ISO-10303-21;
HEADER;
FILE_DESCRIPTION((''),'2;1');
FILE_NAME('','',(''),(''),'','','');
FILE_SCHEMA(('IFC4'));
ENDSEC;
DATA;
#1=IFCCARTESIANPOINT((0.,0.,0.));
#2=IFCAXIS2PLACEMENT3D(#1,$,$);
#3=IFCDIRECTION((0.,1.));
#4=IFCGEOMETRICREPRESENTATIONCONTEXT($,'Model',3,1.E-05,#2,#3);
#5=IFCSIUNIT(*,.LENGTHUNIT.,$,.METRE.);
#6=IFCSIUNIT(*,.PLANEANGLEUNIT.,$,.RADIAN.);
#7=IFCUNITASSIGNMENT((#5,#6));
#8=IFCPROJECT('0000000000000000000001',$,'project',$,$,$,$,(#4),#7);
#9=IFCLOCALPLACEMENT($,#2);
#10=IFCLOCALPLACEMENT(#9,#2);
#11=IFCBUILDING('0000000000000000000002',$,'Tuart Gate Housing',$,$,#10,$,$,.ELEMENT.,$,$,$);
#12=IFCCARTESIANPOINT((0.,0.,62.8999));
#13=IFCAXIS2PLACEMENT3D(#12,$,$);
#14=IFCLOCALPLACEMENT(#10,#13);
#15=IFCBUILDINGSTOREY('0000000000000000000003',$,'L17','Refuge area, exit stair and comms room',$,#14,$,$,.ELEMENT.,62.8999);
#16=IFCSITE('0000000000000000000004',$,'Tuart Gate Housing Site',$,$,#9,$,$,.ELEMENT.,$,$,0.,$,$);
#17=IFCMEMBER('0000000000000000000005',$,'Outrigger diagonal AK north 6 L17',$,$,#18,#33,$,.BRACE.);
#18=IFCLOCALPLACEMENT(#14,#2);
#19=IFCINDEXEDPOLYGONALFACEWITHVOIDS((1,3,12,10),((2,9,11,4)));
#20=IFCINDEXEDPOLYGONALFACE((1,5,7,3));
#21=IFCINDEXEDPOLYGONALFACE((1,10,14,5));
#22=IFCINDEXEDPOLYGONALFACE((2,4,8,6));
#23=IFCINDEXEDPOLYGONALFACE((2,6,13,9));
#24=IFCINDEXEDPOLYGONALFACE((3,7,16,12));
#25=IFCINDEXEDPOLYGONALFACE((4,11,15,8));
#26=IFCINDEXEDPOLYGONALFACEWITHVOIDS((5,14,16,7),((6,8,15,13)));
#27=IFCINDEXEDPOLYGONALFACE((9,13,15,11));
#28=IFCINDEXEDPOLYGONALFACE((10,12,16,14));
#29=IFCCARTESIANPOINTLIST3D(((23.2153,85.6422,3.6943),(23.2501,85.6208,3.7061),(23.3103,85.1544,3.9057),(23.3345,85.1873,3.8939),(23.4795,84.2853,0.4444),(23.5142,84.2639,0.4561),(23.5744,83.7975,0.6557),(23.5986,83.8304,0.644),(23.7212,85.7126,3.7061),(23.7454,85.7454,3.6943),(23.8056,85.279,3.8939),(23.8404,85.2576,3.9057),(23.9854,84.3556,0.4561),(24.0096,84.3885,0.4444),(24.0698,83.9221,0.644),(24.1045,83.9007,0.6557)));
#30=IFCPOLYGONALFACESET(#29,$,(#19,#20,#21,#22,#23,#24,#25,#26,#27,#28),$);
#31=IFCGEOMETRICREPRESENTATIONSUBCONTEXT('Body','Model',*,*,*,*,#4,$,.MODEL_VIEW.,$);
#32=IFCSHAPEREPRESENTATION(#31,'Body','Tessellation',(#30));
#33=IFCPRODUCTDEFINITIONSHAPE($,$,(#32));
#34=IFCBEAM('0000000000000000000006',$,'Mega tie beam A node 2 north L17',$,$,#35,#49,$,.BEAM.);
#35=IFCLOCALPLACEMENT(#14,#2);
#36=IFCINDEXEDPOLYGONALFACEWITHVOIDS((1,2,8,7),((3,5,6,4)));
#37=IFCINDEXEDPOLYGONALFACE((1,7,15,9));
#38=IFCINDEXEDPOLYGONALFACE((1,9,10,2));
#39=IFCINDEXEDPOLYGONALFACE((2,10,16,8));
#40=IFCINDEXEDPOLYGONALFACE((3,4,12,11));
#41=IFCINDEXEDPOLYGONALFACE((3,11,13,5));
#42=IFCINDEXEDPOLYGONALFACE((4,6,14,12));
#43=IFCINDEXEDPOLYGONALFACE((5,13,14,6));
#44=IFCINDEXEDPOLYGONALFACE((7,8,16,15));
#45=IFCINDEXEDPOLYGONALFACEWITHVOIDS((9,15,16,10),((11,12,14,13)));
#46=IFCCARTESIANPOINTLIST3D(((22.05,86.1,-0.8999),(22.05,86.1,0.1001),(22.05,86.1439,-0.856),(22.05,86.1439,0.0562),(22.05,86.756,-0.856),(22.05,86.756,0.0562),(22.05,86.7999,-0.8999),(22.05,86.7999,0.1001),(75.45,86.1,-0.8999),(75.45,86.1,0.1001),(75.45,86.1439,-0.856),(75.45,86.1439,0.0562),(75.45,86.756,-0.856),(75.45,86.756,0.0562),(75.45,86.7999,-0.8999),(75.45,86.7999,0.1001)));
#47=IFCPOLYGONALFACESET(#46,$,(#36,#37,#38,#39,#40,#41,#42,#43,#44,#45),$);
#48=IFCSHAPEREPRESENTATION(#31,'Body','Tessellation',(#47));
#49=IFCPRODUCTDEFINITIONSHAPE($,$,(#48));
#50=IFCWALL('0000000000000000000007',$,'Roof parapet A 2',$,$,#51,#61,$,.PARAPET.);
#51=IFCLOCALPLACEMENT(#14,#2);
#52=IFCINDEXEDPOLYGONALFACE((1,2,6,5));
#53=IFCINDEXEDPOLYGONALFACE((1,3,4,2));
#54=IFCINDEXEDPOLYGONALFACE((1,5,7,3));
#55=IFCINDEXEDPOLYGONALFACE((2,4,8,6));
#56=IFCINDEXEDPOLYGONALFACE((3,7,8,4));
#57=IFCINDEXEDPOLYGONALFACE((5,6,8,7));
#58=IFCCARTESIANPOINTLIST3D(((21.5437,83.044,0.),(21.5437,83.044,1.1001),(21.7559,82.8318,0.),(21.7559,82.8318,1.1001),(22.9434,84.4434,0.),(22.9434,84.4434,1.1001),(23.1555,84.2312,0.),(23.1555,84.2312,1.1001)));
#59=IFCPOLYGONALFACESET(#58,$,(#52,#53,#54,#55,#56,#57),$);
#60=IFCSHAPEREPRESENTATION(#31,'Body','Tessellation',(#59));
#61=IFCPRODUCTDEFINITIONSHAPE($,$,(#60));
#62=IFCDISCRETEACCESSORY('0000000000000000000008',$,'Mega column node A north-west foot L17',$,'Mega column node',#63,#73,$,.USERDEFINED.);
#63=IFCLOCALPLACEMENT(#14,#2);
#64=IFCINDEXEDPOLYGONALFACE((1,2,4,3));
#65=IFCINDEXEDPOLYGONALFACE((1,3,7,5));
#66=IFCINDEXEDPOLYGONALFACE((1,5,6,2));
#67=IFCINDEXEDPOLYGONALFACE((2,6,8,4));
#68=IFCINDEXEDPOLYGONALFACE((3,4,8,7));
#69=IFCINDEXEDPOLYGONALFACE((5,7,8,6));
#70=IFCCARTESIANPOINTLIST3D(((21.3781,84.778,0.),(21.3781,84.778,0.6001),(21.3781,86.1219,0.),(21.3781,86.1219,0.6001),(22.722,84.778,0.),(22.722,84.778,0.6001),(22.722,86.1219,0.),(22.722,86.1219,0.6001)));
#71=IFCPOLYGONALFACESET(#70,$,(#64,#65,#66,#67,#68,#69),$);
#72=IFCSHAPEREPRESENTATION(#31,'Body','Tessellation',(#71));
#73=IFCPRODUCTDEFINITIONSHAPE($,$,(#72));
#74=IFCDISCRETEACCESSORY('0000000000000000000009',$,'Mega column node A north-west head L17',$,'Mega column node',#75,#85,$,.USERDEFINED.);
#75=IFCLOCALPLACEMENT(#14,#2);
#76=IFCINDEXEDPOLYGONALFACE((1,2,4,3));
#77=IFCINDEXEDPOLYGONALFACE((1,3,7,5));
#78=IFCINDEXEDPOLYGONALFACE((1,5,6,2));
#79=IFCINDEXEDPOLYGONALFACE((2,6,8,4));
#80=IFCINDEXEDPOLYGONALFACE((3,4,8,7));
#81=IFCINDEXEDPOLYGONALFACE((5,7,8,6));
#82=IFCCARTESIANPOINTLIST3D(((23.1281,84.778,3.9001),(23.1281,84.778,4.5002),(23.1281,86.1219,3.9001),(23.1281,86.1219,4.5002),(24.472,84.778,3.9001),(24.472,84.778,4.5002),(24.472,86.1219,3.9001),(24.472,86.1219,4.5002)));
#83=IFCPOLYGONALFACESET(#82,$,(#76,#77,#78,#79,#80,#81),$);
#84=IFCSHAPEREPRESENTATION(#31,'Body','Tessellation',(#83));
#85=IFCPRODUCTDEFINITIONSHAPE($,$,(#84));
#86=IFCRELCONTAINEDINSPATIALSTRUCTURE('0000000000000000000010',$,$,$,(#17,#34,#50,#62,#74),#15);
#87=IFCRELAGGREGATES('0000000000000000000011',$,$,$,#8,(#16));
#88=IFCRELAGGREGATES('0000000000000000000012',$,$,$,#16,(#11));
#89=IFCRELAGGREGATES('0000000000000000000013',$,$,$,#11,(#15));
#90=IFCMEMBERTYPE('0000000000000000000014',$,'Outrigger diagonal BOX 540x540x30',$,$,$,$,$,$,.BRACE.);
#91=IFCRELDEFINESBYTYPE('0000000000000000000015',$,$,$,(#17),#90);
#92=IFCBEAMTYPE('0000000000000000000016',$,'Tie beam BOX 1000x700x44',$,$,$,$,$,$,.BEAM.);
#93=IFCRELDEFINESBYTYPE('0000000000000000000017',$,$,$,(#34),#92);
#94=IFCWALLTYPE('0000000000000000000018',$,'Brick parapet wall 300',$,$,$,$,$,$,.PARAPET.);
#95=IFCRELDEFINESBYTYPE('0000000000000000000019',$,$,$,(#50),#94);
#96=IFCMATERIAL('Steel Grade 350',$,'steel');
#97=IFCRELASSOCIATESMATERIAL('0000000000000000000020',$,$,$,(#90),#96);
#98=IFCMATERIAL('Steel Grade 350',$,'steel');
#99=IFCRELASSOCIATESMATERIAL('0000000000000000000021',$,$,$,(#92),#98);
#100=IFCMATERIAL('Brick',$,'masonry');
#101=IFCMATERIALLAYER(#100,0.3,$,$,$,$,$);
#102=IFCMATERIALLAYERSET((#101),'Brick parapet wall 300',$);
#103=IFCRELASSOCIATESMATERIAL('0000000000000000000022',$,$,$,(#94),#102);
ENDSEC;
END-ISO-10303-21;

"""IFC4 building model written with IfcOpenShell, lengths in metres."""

from ifc_helpers import new_model, si_unit, direction, frame, frame_2d, origin, origin_2d, place, context, subcontext, project, spatial, rectangle, hollow_rectangle, extrude, material, layer, layer_set, material_profile, profile_set, type_object, element, save


model = new_model("IFC4")

# Units and contexts
model_context = context("Model", 3, precision=1e-05, world=origin(), true_north=direction((0.0, 1.0)))
body_context = subcontext(model_context, "Body", "Model", "MODEL_VIEW")
ifc_project = project(units=[si_unit("LENGTHUNIT", "METRE"), si_unit("PLANEANGLEUNIT", "RADIAN")], contexts=[model_context])

# Site, building, storey
site_placement = place(None, origin())
site = spatial("IfcSite", under=ifc_project, at=site_placement, Name="Tuart Gate Housing Site", CompositionType="ELEMENT", RefElevation=0.0)
building_placement = place(site_placement, origin())
building = spatial("IfcBuilding", under=site, at=building_placement, Name="Tuart Gate Housing", CompositionType="ELEMENT")
storey_placement = place(building_placement, frame((0.0, 0.0, 62.8999)))
storey = spatial("IfcBuildingStorey", under=building, at=storey_placement, Name="L17", Description="Refuge area, exit stair and comms room", CompositionType="ELEMENT", Elevation=62.8999)

# Member
ifc_material_1 = material(Name="Steel Grade 350", Category="steel")
ifc_material_profile_1 = material_profile(ifc_material_1, hollow_rectangle(XDim=0.54, YDim=0.54, WallThickness=0.03, at=origin_2d()), Name="BOX 540x540x30")
ifc_profile_set_1 = profile_set([ifc_material_profile_1], Name="Steel Grade 350")
member_type_1 = type_object("IfcMemberType", Name="Outrigger diagonal BOX 540x540x30", PredefinedType="BRACE", material=ifc_profile_set_1)
member_1_placement = place(storey_placement, frame((23.792, 84.093, 0.55), z_axis=(-0.074795, 0.384205, 0.920213), x_axis=(-0.981573, -0.191087, 0.0)))
element("IfcMember", 1, at=member_1_placement, inside=storey, type_object=member_type_1, Name="Outrigger diagonal AK north 6 L17", PredefinedType="BRACE", context=body_context, shape_type="SweptSolid", body=[
    extrude(hollow_rectangle(XDim=0.54, YDim=0.54, WallThickness=0.03, at=origin_2d()), origin(), (0.0, 0.0, 1.0), 3.5317),
])

# Beam
ifc_material_2 = material(Name="Steel Grade 350", Category="steel")
ifc_material_profile_2 = material_profile(ifc_material_2, hollow_rectangle(XDim=0.7, YDim=1.0, WallThickness=0.0439, at=origin_2d()), Name="BOX 1000x700x44")
ifc_profile_set_2 = profile_set([ifc_material_profile_2], Name="Steel Grade 350")
beam_type_1 = type_object("IfcBeamType", Name="Tie beam BOX 1000x700x44", PredefinedType="BEAM", material=ifc_profile_set_2)
beam_1_placement = place(storey_placement, frame((22.05, 86.45, -0.3999), z_axis=(1.0, 0.0, 0.0), x_axis=(0.0, 1.0, 0.0)))
element("IfcBeam", 2, at=beam_1_placement, inside=storey, type_object=beam_type_1, Name="Mega tie beam A node 2 north L17", PredefinedType="BEAM", context=body_context, shape_type="SweptSolid", body=[
    extrude(hollow_rectangle(XDim=0.7, YDim=1.0, WallThickness=0.0439, at=origin_2d()), origin(), (0.0, 0.0, 1.0), 53.3999),
])

# Wall
ifc_material_3 = material(Name="Brick", Category="masonry")
ifc_layer = layer(ifc_material_3, 0.3)
ifc_layer_set = layer_set([ifc_layer], Name="Brick parapet wall 300")
wall_type = type_object("IfcWallType", Name="Brick parapet wall 300", PredefinedType="PARAPET", material=ifc_layer_set)
wall_placement = place(storey_placement, frame((23.0496, 84.3374, 0.0), z_axis=(0.0, 0.0, 1.0), x_axis=(-0.707168, -0.707045, 0.0)))
element("IfcWall", 3, at=wall_placement, inside=storey, type_object=wall_type, Name="Roof parapet A 2", PredefinedType="PARAPET", context=body_context, shape_type="SweptSolid", body=[
    extrude(rectangle(XDim=1.9792, YDim=0.3, at=frame_2d((0.9897, 0.0))), origin(), (0.0, 0.0, 1.0), 1.1001),
])

# Discrete accessories
for number, where, z_axis, x_axis, name in (
    (4, (22.05, 85.45, 0.0), (0.0, 0.0, 1.0), (1.0, 0.0, 0.0), "Mega column node A north-west foot L17"),
    (5, (23.8, 85.45, 3.9001), (0.0, 0.0, 1.0), (1.0, 0.0, 0.0), "Mega column node A north-west head L17"),
):
    element("IfcDiscreteAccessory", number, at=place(storey_placement, frame(where, z_axis=z_axis, x_axis=x_axis)), inside=storey, Name=name, ObjectType="Mega column node", PredefinedType="USERDEFINED", context=body_context, shape_type="SweptSolid", body=[
        extrude(rectangle(XDim=1.344, YDim=1.344, at=origin_2d()), origin(), (0.0, 0.0, 1.0), 0.6001),
    ])

save(model, "model.ifc")
